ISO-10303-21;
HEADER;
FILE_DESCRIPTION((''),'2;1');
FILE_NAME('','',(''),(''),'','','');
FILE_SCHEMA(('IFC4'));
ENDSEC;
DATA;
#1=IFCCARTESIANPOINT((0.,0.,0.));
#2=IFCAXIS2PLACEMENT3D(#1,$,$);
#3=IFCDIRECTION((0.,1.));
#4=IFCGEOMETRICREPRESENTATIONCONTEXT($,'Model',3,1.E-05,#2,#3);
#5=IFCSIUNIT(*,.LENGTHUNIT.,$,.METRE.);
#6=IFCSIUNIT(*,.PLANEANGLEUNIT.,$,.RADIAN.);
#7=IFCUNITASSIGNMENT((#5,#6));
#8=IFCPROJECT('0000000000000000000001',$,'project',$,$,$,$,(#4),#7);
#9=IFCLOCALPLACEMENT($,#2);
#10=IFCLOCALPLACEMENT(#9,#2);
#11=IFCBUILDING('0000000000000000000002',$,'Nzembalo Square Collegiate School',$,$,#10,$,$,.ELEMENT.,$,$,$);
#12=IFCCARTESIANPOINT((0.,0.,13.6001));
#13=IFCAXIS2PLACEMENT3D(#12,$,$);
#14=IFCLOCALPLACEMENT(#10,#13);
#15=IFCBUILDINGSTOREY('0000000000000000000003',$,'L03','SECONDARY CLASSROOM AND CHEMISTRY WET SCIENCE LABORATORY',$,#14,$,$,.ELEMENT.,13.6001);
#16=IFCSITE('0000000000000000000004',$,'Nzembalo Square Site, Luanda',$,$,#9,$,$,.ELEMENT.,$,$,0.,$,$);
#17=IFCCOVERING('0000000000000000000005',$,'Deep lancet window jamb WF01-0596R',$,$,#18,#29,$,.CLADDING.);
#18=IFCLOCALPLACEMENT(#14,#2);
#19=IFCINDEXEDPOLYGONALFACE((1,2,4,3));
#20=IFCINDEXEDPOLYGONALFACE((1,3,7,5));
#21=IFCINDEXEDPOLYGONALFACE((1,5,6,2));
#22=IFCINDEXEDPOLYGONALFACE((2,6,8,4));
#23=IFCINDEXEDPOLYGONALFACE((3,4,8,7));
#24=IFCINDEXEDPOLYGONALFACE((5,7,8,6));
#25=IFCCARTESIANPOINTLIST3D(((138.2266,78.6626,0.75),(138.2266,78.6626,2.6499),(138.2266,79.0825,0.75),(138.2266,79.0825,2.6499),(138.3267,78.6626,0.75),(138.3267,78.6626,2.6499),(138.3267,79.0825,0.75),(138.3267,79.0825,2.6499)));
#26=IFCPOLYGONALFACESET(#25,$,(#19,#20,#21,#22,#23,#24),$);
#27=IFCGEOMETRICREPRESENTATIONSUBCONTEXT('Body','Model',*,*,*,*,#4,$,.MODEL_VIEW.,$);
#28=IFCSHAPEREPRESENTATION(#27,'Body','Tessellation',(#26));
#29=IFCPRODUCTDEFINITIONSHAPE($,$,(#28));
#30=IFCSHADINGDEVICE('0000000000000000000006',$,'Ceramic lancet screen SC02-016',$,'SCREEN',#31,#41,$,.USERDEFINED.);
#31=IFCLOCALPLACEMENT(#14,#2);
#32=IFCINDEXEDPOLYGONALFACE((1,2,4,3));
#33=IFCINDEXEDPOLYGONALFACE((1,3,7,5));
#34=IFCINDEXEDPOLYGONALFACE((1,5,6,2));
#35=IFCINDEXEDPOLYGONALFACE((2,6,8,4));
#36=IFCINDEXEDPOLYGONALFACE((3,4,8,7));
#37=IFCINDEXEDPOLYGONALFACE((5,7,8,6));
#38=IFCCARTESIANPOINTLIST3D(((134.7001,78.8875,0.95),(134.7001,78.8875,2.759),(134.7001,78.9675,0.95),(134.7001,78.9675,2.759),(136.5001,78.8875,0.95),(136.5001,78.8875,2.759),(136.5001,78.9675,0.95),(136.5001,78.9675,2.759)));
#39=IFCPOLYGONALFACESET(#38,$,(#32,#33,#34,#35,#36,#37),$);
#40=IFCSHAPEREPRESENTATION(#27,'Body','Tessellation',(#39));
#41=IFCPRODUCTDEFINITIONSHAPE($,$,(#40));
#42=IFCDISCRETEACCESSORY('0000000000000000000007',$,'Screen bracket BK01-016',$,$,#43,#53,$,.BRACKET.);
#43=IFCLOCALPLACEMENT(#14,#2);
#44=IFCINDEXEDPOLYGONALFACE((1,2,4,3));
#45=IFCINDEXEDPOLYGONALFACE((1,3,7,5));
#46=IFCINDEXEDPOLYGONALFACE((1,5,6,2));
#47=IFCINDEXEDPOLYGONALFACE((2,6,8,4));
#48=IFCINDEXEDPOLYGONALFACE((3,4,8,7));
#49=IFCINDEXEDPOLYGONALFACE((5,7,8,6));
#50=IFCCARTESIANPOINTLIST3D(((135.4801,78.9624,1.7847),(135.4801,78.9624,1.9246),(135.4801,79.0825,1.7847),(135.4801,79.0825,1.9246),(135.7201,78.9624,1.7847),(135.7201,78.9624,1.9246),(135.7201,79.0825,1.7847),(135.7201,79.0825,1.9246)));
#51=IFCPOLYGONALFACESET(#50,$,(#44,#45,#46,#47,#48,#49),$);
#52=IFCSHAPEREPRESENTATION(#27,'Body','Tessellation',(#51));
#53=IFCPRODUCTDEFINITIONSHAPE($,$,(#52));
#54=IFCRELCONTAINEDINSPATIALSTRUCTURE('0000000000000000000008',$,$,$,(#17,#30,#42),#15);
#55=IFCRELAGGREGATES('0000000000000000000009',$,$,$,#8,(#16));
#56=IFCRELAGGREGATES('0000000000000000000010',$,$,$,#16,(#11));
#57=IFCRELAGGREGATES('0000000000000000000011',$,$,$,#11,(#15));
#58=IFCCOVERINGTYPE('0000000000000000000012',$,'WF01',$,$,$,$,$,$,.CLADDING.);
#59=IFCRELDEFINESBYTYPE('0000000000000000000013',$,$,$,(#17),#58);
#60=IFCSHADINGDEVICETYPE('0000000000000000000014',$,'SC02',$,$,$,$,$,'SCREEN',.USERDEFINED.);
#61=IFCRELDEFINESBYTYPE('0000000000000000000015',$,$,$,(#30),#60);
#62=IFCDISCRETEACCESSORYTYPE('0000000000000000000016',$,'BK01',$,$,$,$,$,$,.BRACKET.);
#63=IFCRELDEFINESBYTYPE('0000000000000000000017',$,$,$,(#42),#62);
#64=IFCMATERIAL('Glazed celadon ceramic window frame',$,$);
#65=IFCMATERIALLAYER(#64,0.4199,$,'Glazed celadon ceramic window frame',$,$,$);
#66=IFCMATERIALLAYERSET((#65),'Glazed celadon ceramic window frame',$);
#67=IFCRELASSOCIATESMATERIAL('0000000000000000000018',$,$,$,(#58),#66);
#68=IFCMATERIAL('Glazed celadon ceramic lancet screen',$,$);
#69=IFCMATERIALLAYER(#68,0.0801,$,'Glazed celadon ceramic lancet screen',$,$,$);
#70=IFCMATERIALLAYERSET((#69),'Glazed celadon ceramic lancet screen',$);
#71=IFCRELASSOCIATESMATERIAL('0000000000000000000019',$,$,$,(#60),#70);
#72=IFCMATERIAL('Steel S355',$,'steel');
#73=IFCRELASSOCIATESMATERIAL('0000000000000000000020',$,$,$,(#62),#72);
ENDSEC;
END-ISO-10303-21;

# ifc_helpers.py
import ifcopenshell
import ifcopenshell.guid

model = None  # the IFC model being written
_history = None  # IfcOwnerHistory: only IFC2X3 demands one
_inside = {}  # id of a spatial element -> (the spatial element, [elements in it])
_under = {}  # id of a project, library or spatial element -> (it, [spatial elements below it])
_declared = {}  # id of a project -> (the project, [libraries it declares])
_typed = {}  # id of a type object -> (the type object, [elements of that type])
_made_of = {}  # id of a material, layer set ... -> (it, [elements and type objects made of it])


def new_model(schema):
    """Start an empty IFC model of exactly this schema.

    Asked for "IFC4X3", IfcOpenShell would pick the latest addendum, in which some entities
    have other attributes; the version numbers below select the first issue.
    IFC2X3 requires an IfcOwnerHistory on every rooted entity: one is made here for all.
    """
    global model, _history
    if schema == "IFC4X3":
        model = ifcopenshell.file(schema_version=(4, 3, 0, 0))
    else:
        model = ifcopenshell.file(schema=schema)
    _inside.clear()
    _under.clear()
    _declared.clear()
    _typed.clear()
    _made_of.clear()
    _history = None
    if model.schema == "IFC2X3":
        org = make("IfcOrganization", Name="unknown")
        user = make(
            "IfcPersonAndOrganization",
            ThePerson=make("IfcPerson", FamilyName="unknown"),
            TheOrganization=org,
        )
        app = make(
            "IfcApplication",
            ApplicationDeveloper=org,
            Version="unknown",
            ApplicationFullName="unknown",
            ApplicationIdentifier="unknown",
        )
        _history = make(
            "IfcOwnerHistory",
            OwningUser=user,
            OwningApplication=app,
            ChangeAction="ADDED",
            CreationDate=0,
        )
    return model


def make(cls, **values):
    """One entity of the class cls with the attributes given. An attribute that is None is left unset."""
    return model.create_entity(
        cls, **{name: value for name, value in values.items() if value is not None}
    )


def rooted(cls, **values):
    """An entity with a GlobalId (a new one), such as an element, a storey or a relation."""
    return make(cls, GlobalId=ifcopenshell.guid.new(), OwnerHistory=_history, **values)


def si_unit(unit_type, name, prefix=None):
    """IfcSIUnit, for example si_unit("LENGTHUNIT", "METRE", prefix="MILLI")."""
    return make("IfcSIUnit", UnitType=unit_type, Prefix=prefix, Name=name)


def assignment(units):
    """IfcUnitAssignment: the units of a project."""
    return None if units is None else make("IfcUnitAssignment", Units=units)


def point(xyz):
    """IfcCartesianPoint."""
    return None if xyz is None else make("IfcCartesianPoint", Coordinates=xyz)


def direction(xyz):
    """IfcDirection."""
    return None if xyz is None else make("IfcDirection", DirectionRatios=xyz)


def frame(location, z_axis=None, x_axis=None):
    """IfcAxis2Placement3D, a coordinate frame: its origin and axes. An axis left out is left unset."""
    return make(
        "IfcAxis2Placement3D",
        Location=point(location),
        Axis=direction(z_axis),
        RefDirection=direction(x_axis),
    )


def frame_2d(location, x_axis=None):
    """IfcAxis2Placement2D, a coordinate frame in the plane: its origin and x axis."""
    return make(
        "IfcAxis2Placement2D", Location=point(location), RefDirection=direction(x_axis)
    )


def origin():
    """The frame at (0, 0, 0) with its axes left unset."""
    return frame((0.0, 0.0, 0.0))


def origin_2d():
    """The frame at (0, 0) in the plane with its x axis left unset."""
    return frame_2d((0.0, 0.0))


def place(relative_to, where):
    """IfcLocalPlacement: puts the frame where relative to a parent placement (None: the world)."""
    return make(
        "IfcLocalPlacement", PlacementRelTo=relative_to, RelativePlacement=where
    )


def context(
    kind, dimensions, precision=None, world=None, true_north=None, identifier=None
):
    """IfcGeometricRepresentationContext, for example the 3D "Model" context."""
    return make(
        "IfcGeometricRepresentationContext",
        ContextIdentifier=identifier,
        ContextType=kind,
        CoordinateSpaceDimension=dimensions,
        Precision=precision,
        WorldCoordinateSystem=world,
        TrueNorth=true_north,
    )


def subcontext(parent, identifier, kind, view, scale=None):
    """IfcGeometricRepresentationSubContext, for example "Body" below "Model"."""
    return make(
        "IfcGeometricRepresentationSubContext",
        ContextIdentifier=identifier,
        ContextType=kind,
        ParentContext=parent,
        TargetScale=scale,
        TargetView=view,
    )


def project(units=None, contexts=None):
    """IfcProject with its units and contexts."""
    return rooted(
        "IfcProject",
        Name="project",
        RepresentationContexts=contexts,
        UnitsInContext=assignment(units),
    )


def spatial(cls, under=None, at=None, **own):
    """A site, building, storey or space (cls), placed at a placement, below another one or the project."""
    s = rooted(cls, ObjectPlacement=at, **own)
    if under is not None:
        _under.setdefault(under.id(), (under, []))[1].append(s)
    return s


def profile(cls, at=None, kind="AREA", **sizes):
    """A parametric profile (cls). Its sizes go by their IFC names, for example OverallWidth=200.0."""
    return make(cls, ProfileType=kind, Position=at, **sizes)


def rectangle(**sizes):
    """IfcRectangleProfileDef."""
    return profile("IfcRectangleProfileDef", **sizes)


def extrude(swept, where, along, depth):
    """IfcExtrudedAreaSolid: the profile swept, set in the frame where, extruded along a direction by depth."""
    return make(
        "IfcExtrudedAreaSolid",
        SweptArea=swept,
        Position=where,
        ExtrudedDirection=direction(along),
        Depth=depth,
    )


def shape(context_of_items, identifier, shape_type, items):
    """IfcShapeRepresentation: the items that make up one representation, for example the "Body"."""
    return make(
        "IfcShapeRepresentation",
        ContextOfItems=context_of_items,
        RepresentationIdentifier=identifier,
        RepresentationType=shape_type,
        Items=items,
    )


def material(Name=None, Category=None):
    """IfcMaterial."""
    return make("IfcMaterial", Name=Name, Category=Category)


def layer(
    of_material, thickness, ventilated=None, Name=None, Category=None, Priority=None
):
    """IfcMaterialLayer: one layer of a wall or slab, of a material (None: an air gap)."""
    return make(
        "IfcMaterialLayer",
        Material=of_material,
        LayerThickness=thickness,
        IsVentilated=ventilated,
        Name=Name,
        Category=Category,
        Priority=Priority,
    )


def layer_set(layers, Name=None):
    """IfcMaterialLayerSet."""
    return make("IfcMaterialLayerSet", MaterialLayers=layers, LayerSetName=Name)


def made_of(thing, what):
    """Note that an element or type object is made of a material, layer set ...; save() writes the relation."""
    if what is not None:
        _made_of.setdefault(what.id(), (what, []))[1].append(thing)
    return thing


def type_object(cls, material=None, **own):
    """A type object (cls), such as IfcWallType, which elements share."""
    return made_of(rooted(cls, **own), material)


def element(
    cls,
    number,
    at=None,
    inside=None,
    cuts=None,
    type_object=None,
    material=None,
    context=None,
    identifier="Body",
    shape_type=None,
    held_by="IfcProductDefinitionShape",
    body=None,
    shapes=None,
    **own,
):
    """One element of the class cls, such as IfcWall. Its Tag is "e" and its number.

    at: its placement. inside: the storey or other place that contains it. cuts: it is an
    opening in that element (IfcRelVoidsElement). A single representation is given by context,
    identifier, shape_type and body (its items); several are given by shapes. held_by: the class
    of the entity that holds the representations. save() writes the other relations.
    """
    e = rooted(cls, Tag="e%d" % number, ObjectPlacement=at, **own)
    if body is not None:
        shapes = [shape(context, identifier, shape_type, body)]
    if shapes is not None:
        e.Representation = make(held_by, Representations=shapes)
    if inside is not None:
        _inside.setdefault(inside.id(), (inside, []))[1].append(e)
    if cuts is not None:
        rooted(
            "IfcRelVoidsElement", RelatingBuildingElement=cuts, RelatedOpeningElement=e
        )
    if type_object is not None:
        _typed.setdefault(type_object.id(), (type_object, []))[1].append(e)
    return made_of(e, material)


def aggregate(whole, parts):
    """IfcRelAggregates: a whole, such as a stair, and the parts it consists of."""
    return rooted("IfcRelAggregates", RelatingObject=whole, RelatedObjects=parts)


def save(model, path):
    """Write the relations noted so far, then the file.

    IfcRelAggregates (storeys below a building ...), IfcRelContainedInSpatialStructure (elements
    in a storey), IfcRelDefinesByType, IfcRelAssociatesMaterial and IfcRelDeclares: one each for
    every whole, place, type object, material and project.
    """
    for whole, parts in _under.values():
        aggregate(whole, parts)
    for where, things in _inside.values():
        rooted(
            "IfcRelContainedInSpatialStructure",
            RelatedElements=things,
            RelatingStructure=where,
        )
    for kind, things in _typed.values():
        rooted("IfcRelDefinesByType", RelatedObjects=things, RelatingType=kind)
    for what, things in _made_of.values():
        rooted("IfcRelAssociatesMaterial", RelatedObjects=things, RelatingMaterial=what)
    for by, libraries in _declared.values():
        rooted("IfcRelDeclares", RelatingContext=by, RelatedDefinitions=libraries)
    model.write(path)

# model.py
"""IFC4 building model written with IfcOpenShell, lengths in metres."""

from ifc_helpers import new_model, si_unit, direction, frame, origin, origin_2d, place, context, subcontext, project, spatial, rectangle, extrude, material, layer, layer_set, type_object, element, save


model = new_model("IFC4")

# Units and contexts
model_context = context("Model", 3, precision=1e-05, world=origin(), true_north=direction((0.0, 1.0)))
body_context = subcontext(model_context, "Body", "Model", "MODEL_VIEW")
ifc_project = project(units=[si_unit("LENGTHUNIT", "METRE"), si_unit("PLANEANGLEUNIT", "RADIAN")], contexts=[model_context])

# Site, building, storey
site_placement = place(None, origin())
site = spatial("IfcSite", under=ifc_project, at=site_placement, Name="Nzembalo Square Site, Luanda", CompositionType="ELEMENT", RefElevation=0.0)
building_placement = place(site_placement, origin())
building = spatial("IfcBuilding", under=site, at=building_placement, Name="Nzembalo Square Collegiate School", CompositionType="ELEMENT")
storey_placement = place(building_placement, frame((0.0, 0.0, 13.6001)))
storey = spatial("IfcBuildingStorey", under=building, at=storey_placement, Name="L03", Description="SECONDARY CLASSROOM AND CHEMISTRY WET SCIENCE LABORATORY", CompositionType="ELEMENT", Elevation=13.6001)

# Covering
ifc_material_1 = material(Name="Glazed celadon ceramic window frame")
ifc_layer_1 = layer(ifc_material_1, 0.4199, Name="Glazed celadon ceramic window frame")
ifc_layer_set_1 = layer_set([ifc_layer_1], Name="Glazed celadon ceramic window frame")
covering_type_1 = type_object("IfcCoveringType", Name="WF01", PredefinedType="CLADDING", material=ifc_layer_set_1)
for number, where, z_axis, x_axis, name in (
    (1, (138.2766, 78.8726, 0.75), (0.0, 0.0, 1.0), (1.0, 0.0, 0.0), "Deep lancet window jamb WF01-0596R"),
):
    element("IfcCovering", number, at=place(storey_placement, frame(where, z_axis=z_axis, x_axis=x_axis)), inside=storey, type_object=covering_type_1, Name=name, PredefinedType="CLADDING", context=body_context, shape_type="SweptSolid", body=[
        extrude(rectangle(XDim=0.1001, YDim=0.4199, at=origin_2d()), origin(), (0.0, 0.0, 1.0), 1.8999),
    ])

# Shading device
ifc_material_2 = material(Name="Glazed celadon ceramic lancet screen")
ifc_layer_2 = layer(ifc_material_2, 0.0801, Name="Glazed celadon ceramic lancet screen")
ifc_layer_set_2 = layer_set([ifc_layer_2], Name="Glazed celadon ceramic lancet screen")
shading_device_type = type_object("IfcShadingDeviceType", Name="SC02", ElementType="SCREEN", PredefinedType="USERDEFINED", material=ifc_layer_set_2)
shading_device_placement = place(storey_placement, frame((135.6001, 78.9275, 0.95), z_axis=(0.0, 0.0, 1.0), x_axis=(1.0, 0.0, 0.0)))
element("IfcShadingDevice", 2, at=shading_device_placement, inside=storey, type_object=shading_device_type, Name="Ceramic lancet screen SC02-016", ObjectType="SCREEN", PredefinedType="USERDEFINED", context=body_context, shape_type="SweptSolid", body=[
    extrude(rectangle(XDim=1.8, YDim=0.0801, at=origin_2d()), origin(), (0.0, 0.0, 1.0), 1.8091),
])

# Discrete accessory
ifc_material_3 = material(Name="Steel S355", Category="steel")
discrete_accessory_type = type_object("IfcDiscreteAccessoryType", Name="BK01", PredefinedType="BRACKET", material=ifc_material_3)
discrete_accessory_placement = place(storey_placement, frame((135.6001, 79.0225, 1.7847), z_axis=(0.0, 0.0, 1.0), x_axis=(1.0, 0.0, 0.0)))
element("IfcDiscreteAccessory", 3, at=discrete_accessory_placement, inside=storey, type_object=discrete_accessory_type, Name="Screen bracket BK01-016", PredefinedType="BRACKET", context=body_context, shape_type="SweptSolid", body=[
    extrude(rectangle(XDim=0.24, YDim=0.1201, at=origin_2d()), origin(), (0.0, 0.0, 1.0), 0.1399),
])

save(model, "model.ifc")
